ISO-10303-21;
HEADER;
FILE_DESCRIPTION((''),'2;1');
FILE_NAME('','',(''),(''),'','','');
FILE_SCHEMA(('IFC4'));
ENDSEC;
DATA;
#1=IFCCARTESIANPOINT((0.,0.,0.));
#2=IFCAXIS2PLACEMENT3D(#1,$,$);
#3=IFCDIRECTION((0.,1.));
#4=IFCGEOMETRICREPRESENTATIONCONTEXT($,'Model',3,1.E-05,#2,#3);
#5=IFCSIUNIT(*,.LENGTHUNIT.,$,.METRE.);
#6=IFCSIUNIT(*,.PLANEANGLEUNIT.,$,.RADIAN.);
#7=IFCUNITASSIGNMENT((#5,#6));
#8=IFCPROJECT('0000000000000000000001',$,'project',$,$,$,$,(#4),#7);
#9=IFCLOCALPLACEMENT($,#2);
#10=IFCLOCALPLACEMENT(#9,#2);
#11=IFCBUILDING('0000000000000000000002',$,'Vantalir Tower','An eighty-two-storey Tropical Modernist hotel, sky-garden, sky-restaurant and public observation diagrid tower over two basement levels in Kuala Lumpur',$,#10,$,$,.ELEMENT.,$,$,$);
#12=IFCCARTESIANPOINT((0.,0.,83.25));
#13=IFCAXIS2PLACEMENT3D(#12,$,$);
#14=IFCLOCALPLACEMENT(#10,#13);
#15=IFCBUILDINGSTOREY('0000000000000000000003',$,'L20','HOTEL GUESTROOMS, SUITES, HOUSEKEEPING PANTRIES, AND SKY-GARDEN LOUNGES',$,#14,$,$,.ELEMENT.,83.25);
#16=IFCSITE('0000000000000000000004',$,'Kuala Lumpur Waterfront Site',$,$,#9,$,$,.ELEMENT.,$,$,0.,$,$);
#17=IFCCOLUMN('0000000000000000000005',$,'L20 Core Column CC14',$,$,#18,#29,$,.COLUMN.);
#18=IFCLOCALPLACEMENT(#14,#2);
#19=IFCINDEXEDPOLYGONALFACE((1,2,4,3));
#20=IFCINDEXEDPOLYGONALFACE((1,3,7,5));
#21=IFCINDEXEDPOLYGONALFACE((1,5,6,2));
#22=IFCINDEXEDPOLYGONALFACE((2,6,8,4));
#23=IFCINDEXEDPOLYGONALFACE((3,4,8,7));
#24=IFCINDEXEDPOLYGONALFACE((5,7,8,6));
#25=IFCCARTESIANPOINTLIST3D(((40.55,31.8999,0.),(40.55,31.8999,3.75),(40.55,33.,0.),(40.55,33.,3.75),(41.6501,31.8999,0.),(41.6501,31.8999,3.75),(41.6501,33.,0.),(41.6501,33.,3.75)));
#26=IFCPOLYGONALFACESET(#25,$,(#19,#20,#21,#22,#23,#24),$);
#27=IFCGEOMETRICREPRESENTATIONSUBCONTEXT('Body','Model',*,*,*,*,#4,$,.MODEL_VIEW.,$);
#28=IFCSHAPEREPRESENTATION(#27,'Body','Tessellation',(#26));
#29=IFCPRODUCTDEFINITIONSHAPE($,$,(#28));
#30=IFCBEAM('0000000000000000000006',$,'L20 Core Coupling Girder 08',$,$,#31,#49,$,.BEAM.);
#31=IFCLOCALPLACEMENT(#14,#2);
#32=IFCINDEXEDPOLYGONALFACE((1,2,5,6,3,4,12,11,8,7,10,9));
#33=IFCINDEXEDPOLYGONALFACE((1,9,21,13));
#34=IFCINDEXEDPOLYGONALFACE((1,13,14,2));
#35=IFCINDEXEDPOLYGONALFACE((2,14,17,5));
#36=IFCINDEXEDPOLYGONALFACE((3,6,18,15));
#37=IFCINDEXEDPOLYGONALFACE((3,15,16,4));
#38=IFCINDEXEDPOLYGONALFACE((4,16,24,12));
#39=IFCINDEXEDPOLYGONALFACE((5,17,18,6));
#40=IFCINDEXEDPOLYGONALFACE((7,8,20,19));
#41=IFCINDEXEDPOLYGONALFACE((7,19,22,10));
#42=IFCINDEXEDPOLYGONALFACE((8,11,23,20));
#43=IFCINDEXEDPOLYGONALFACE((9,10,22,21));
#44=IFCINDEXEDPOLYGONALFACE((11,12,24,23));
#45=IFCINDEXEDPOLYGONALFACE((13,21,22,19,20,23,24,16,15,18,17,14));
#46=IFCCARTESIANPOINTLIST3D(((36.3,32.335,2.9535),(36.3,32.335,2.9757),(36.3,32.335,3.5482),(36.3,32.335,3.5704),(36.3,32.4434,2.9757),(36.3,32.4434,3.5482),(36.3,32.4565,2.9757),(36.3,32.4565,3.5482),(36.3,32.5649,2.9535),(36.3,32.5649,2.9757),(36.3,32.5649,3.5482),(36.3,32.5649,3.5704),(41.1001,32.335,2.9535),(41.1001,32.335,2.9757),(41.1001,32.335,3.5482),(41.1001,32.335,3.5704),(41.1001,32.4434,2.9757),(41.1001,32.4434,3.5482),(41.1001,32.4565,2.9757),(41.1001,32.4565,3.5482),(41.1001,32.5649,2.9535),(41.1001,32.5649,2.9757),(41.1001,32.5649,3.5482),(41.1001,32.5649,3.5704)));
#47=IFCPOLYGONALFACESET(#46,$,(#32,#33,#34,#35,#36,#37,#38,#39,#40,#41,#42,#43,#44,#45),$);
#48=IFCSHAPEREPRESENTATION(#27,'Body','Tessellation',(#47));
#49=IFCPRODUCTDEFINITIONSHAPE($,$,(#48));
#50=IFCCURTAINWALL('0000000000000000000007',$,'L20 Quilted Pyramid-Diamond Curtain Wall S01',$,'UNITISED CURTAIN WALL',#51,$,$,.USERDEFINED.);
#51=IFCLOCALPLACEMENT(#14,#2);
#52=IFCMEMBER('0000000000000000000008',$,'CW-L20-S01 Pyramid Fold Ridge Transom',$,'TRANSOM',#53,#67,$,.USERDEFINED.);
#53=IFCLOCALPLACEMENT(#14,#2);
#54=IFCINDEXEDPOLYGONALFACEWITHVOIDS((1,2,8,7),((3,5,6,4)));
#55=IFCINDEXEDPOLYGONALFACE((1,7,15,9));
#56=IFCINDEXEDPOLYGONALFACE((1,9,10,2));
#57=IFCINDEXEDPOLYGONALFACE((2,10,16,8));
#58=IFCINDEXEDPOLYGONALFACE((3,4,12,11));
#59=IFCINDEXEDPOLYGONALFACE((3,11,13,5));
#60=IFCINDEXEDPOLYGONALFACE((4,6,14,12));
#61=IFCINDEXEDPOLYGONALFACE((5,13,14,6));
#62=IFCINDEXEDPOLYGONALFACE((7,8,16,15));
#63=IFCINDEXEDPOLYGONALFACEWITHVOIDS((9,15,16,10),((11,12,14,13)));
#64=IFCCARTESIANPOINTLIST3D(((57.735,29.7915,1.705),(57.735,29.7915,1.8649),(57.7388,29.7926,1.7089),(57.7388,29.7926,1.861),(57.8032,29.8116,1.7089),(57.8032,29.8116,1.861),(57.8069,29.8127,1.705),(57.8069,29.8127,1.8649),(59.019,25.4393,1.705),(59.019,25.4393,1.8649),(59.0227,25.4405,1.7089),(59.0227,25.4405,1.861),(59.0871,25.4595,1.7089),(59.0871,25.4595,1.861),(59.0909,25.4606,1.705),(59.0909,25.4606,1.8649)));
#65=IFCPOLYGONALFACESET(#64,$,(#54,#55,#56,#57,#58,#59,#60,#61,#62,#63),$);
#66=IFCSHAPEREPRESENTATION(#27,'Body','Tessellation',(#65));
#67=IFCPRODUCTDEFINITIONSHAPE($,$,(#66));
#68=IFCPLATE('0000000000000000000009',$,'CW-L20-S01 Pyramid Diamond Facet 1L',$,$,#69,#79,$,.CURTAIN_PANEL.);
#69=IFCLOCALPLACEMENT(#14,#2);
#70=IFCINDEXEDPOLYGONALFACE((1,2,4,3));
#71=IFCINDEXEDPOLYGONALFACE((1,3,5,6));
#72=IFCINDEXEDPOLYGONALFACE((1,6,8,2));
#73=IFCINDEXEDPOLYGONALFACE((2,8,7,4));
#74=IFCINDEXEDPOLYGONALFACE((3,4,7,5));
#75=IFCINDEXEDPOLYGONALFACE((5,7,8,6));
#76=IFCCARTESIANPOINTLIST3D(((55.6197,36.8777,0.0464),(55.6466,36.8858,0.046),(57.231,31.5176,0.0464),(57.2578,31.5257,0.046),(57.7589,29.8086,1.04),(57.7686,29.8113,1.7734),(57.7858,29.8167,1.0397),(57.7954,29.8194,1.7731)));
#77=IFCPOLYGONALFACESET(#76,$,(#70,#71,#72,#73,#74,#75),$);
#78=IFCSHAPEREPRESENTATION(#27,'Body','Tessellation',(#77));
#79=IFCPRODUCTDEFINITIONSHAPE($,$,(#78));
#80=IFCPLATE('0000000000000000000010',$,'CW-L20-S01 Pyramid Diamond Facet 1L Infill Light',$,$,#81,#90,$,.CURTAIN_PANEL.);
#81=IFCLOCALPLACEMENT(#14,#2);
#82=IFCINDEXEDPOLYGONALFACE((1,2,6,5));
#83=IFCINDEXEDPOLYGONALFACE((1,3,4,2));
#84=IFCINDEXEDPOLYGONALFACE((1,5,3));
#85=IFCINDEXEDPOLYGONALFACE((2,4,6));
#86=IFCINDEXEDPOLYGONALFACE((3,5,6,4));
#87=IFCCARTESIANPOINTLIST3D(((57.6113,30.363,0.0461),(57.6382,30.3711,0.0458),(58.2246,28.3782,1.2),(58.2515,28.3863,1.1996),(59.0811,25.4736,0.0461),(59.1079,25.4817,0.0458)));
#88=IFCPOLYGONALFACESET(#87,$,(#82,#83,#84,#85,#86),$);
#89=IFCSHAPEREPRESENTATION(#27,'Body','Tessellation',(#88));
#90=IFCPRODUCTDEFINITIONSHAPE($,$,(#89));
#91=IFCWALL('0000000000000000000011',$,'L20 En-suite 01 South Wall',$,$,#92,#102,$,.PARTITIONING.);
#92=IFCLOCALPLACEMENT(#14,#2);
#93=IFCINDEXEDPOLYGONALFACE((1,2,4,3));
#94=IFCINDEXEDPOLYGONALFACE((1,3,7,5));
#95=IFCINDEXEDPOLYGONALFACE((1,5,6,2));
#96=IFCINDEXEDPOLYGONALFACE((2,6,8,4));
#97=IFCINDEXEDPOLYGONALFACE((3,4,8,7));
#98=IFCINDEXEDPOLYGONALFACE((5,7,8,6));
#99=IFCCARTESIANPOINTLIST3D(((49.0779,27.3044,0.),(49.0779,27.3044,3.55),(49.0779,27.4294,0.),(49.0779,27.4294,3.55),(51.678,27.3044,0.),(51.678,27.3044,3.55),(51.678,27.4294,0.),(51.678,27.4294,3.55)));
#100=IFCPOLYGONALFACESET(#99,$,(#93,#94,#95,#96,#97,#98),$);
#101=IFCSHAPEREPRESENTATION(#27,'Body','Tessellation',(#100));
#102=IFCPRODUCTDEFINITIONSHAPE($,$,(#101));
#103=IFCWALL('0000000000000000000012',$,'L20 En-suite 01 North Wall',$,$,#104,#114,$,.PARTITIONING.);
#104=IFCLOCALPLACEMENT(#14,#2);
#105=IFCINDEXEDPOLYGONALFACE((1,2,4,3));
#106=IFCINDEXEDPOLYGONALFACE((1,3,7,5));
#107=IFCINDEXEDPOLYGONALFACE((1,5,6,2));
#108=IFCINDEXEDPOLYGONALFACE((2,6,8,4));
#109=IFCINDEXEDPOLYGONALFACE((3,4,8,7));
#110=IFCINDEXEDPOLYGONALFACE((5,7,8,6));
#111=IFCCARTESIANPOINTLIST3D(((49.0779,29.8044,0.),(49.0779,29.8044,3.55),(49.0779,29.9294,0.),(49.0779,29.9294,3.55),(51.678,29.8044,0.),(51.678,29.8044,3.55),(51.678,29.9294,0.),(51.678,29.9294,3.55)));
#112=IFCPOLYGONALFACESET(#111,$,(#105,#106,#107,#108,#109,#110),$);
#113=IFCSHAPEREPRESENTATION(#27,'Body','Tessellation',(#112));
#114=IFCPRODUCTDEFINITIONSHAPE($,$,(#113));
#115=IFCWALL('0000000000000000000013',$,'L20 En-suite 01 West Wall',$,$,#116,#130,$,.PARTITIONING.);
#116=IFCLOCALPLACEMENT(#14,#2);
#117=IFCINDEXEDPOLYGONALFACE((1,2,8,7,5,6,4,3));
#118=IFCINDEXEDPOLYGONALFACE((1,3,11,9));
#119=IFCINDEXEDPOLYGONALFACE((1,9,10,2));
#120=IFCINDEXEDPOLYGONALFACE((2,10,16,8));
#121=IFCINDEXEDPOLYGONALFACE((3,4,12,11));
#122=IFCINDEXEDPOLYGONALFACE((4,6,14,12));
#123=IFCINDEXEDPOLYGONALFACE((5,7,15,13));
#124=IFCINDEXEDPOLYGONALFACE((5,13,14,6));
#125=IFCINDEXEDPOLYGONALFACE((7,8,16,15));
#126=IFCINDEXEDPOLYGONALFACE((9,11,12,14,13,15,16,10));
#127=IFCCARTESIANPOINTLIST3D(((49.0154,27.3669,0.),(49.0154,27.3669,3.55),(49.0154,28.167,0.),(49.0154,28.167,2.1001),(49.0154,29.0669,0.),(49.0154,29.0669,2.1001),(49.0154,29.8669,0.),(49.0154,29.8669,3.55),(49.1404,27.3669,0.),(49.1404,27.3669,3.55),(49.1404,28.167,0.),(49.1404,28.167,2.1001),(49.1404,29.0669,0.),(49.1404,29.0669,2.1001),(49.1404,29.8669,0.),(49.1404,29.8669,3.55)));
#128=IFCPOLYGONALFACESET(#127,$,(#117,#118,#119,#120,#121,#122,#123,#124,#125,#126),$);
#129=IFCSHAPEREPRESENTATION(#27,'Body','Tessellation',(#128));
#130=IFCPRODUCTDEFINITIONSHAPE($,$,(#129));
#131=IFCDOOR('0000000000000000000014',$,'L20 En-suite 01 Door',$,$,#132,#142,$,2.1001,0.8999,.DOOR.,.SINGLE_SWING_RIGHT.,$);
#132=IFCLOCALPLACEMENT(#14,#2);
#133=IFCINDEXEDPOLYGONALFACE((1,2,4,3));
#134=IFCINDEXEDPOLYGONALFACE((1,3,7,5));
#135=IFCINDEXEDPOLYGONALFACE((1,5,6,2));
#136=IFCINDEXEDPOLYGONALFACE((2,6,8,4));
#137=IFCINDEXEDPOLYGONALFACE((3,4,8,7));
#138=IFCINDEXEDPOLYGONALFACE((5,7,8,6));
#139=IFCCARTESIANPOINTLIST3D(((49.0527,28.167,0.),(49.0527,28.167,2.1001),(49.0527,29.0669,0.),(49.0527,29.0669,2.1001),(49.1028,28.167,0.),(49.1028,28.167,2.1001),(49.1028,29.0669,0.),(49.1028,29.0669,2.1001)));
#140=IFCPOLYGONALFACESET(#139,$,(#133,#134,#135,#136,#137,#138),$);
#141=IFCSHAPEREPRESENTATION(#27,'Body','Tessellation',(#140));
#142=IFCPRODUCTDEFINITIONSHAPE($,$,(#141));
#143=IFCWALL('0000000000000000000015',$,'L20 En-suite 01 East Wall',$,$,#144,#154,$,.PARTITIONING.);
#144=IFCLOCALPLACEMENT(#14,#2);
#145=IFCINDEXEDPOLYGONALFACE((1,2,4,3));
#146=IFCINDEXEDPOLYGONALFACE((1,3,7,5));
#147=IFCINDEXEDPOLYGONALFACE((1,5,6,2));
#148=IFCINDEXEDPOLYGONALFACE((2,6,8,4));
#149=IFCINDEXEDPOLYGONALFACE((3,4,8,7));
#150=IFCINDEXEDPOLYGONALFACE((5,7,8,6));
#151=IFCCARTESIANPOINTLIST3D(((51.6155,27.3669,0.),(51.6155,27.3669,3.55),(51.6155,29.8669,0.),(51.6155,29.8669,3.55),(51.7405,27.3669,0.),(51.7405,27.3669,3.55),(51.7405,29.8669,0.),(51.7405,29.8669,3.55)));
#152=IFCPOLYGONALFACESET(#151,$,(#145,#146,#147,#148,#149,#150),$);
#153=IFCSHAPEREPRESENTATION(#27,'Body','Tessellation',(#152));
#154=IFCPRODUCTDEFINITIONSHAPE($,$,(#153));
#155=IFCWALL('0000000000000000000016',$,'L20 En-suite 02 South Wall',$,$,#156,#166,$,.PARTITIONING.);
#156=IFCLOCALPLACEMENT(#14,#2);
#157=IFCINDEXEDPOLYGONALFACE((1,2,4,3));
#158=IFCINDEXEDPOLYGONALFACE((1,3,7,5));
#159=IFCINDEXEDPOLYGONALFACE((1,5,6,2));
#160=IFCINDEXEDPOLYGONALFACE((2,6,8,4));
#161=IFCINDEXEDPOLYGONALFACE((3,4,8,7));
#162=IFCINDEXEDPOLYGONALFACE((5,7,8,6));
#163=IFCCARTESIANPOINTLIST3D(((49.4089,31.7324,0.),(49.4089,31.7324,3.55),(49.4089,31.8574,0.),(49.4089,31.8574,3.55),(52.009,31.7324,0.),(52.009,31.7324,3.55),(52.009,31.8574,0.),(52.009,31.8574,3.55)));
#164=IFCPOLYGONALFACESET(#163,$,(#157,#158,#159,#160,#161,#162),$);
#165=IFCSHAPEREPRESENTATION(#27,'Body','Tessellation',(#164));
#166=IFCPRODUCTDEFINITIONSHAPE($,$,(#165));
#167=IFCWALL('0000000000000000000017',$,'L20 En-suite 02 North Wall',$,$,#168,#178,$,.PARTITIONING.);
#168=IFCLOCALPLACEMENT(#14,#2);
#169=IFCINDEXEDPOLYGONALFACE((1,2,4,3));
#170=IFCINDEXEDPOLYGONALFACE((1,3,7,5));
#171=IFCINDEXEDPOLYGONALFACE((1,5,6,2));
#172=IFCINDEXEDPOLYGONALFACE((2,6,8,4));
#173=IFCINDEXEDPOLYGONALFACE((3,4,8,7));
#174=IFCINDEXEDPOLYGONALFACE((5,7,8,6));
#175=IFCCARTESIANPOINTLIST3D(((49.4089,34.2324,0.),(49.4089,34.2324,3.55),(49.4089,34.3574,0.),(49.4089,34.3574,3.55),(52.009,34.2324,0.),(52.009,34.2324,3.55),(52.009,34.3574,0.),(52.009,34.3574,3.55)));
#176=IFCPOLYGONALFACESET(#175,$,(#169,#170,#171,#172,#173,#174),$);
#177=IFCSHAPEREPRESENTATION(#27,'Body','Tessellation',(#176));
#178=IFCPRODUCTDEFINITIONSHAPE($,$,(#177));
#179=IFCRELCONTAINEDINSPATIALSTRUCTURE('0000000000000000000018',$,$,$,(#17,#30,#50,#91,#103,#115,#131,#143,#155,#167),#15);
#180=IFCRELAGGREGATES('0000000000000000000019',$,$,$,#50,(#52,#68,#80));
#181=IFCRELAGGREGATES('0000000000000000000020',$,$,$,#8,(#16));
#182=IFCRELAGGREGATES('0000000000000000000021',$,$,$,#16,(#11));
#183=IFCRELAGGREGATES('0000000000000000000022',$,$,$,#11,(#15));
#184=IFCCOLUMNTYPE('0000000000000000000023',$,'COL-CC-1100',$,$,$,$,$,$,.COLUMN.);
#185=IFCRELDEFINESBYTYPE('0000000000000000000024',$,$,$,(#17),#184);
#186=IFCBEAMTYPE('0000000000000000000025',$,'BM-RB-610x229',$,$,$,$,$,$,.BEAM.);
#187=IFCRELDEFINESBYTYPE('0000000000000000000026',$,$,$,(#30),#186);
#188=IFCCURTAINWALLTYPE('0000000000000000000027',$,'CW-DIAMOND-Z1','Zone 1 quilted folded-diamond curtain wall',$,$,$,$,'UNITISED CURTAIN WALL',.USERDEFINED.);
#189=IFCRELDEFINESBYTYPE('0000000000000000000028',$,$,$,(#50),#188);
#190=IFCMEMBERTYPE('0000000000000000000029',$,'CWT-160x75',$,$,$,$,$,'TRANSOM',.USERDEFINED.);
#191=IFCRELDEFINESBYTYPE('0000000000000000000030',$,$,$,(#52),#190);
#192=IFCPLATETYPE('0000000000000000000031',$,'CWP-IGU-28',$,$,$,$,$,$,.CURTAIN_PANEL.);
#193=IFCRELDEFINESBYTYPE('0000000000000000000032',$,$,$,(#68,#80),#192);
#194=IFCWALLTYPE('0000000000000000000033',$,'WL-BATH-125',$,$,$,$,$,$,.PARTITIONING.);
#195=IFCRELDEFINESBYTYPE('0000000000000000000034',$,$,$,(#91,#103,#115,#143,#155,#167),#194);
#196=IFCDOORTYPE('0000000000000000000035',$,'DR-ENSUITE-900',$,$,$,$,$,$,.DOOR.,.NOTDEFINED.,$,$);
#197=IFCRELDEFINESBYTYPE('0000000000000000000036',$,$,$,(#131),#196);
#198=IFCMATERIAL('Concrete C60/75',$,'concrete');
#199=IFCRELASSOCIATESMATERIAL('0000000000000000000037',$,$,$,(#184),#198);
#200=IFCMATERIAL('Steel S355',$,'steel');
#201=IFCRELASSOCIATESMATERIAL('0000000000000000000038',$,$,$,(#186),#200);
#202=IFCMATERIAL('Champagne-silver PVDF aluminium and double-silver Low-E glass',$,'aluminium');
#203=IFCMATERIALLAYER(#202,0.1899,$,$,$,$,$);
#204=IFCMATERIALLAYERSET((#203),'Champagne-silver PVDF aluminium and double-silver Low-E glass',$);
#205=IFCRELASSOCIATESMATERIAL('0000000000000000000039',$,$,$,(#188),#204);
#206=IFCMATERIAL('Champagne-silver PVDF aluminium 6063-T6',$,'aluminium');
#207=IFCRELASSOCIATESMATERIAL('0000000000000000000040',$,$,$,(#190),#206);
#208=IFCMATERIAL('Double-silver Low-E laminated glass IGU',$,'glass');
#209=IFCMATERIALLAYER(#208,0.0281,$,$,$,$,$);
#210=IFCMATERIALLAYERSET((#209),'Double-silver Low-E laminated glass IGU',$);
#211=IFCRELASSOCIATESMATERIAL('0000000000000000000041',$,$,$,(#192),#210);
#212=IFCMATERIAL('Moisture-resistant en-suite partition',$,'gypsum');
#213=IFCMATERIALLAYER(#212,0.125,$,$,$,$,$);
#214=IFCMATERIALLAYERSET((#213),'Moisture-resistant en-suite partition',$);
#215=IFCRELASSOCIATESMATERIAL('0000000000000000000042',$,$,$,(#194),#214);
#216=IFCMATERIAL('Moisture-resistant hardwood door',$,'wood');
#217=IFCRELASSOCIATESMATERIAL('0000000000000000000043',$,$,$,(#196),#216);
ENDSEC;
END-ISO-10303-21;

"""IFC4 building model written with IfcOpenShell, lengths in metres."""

from ifc_helpers import new_model, si_unit, direction, frame, frame_2d, origin, origin_2d, place, context, subcontext, project, spatial, polyline, rectangle, hollow_rectangle, i_section, outline, extrude, material, layer, layer_set, material_profile, profile_set, type_object, element, fill, aggregate, save


model = new_model("IFC4")

# Units and contexts
model_context = context("Model", 3, precision=1e-05, world=origin(), true_north=direction((0.0, 1.0)))
body_context = subcontext(model_context, "Body", "Model", "MODEL_VIEW")
ifc_project = project(units=[si_unit("LENGTHUNIT", "METRE"), si_unit("PLANEANGLEUNIT", "RADIAN")], contexts=[model_context])

# Site, building, storey
site_placement = place(None, origin())
site = spatial("IfcSite", under=ifc_project, at=site_placement, Name="Kuala Lumpur Waterfront Site", CompositionType="ELEMENT", RefElevation=0.0)
building_placement = place(site_placement, origin())
building = spatial("IfcBuilding", under=site, at=building_placement, Name="Vantalir Tower", Description="An eighty-two-storey Tropical Modernist hotel, sky-garden, sky-restaurant and public observation diagrid tower over two basement levels in Kuala Lumpur", CompositionType="ELEMENT")
storey_placement = place(building_placement, frame((0.0, 0.0, 83.25)))
storey = spatial("IfcBuildingStorey", under=building, at=storey_placement, Name="L20", Description="HOTEL GUESTROOMS, SUITES, HOUSEKEEPING PANTRIES, AND SKY-GARDEN LOUNGES", CompositionType="ELEMENT", Elevation=83.25)

# Column
ifc_material_1 = material(Name="Concrete C60/75", Category="concrete")
ifc_material_profile_1 = material_profile(ifc_material_1, rectangle(XDim=1.1001, YDim=1.1001, at=origin_2d()), Name="Concrete C60/75")
ifc_profile_set_1 = profile_set([ifc_material_profile_1], Name="Concrete C60/75")
column_type = type_object("IfcColumnType", Name="COL-CC-1100", PredefinedType="COLUMN", material=ifc_profile_set_1)
column_placement = place(storey_placement, frame((41.1001, 32.45, 0.0), z_axis=(0.0, 0.0, 1.0), x_axis=(1.0, 0.0, 0.0)))
element("IfcColumn", 1, at=column_placement, inside=storey, type_object=column_type, Name="L20 Core Column CC14", PredefinedType="COLUMN", context=body_context, shape_type="SweptSolid", body=[
    extrude(rectangle(XDim=1.1001, YDim=1.1001, at=origin_2d()), origin(), (0.0, 0.0, 1.0), 3.75),
])

# Beam
ifc_material_2 = material(Name="Steel S355", Category="steel")
ifc_material_profile_2 = material_profile(ifc_material_2, i_section(OverallWidth=0.23, OverallDepth=0.6169, WebThickness=0.0132, FlangeThickness=0.0222, at=origin_2d()), Name="Steel S355")
ifc_profile_set_2 = profile_set([ifc_material_profile_2], Name="Steel S355")
beam_type = type_object("IfcBeamType", Name="BM-RB-610x229", PredefinedType="BEAM", material=ifc_profile_set_2)
beam_placement = place(storey_placement, frame((41.1001, 32.45, 3.262), z_axis=(-1.0, 0.0, 0.0), x_axis=(0.0, -1.0, 0.0)))
element("IfcBeam", 2, at=beam_placement, inside=storey, type_object=beam_type, Name="L20 Core Coupling Girder 08", PredefinedType="BEAM", context=body_context, shape_type="SweptSolid", body=[
    extrude(i_section(OverallWidth=0.23, OverallDepth=0.6169, WebThickness=0.0132, FlangeThickness=0.0222, at=origin_2d()), origin(), (0.0, 0.0, 1.0), 4.8),
])

# Curtain wall, member, plates
ifc_material_3 = material(Name="Champagne-silver PVDF aluminium and double-silver Low-E glass", Category="aluminium")
ifc_layer_1 = layer(ifc_material_3, 0.1899)
ifc_layer_set_1 = layer_set([ifc_layer_1], Name="Champagne-silver PVDF aluminium and double-silver Low-E glass")
curtain_wall_type = type_object("IfcCurtainWallType", Name="CW-DIAMOND-Z1", Description="Zone 1 quilted folded-diamond curtain wall", ElementType="UNITISED CURTAIN WALL", PredefinedType="USERDEFINED", material=ifc_layer_set_1)
curtain_wall_placement = place(storey_placement, origin())
curtain_wall = element("IfcCurtainWall", 3, at=curtain_wall_placement, inside=storey, type_object=curtain_wall_type, Name="L20 Quilted Pyramid-Diamond Curtain Wall S01", ObjectType="UNITISED CURTAIN WALL", PredefinedType="USERDEFINED")
ifc_material_4 = material(Name="Champagne-silver PVDF aluminium 6063-T6", Category="aluminium")
ifc_material_profile_3 = material_profile(ifc_material_4, hollow_rectangle(XDim=0.075, YDim=0.1599, WallThickness=0.0039, at=origin_2d()), Name="Champagne-silver PVDF aluminium 6063-T6")
ifc_profile_set_3 = profile_set([ifc_material_profile_3], Name="Champagne-silver PVDF aluminium 6063-T6")
member_type = type_object("IfcMemberType", Name="CWT-160x75", ElementType="TRANSOM", PredefinedType="USERDEFINED", material=ifc_profile_set_3)
member_placement = place(storey_placement, frame((59.0549, 25.45, 1.7849), z_axis=(-0.282961, 0.959131, 0.0), x_axis=(-0.959131, -0.282961, 0.0)))
member = element("IfcMember", 4, at=member_placement, type_object=member_type, Name="CW-L20-S01 Pyramid Fold Ridge Transom", ObjectType="TRANSOM", PredefinedType="USERDEFINED", context=body_context, shape_type="SweptSolid", body=[
    extrude(hollow_rectangle(XDim=0.075, YDim=0.1599, WallThickness=0.0039, at=origin_2d()), origin(), (0.0, 0.0, 1.0), 4.5376),
])
ifc_material_5 = material(Name="Double-silver Low-E laminated glass IGU", Category="glass")
ifc_layer_2 = layer(ifc_material_5, 0.0281)
ifc_layer_set_2 = layer_set([ifc_layer_2], Name="Double-silver Low-E laminated glass IGU")
plate_type = type_object("IfcPlateType", Name="CWP-IGU-28", PredefinedType="CURTAIN_PANEL", material=ifc_layer_set_2)
plate_1_placement = place(storey_placement, frame((57.231, 31.5176, 0.0464), z_axis=(-0.957579, -0.287846, 0.013688), x_axis=(-0.287873, 0.957668, 0.0)))
plate_1 = element("IfcPlate", 5, at=plate_1_placement, type_object=plate_type, Name="CW-L20-S01 Pyramid Diamond Facet 1L", PredefinedType="CURTAIN_PANEL", context=body_context, shape_type="SweptSolid", body=[
    extrude(outline(polyline([(0.0, 0.0), (5.5971, 0.0), (-1.7888, -1.7272), (-1.7886, -0.9937), (0.0, 0.0)])), origin(), (0.0, 0.0, -1.0), 0.0281),
])
plate_2_placement = place(storey_placement, frame((59.0811, 25.4736, 0.0461), z_axis=(-0.957578, -0.287842, 0.013812), x_axis=(-0.28787, 0.95767, 0.0)))
plate_2 = element("IfcPlate", 6, at=plate_2_placement, type_object=plate_type, Name="CW-L20-S01 Pyramid Diamond Facet 1L Infill Light", PredefinedType="CURTAIN_PANEL", context=body_context, shape_type="SweptSolid", body=[
    extrude(outline(polyline([(0.0, 0.0), (5.1055, 0.0), (3.0281, -1.1539), (0.0, 0.0)])), origin(), (0.0, 0.0, -1.0), 0.0281),
])
aggregate(curtain_wall, [member, plate_1, plate_2])

# Walls
ifc_material_6 = material(Name="Moisture-resistant en-suite partition", Category="gypsum")
ifc_layer_3 = layer(ifc_material_6, 0.125)
ifc_layer_set_3 = layer_set([ifc_layer_3], Name="Moisture-resistant en-suite partition")
wall_type_1 = type_object("IfcWallType", Name="WL-BATH-125", PredefinedType="PARTITIONING", material=ifc_layer_set_3)
for number, where, z_axis, x_axis, name in (
    (7, (49.0779, 27.3669, 0.0), (0.0, 0.0, 1.0), (1.0, 0.0, 0.0), "L20 En-suite 01 South Wall"),
    (8, (49.0779, 29.8669, 0.0), (0.0, 0.0, 1.0), (1.0, 0.0, 0.0), "L20 En-suite 01 North Wall"),
):
    element("IfcWall", number, at=place(storey_placement, frame(where, z_axis=z_axis, x_axis=x_axis)), inside=storey, type_object=wall_type_1, Name=name, PredefinedType="PARTITIONING", context=body_context, shape_type="SweptSolid", body=[
        extrude(rectangle(XDim=2.6001, YDim=0.125, at=frame_2d((1.3, 0.0))), origin(), (0.0, 0.0, 1.0), 3.55),
    ])

# Wall, opening, door
wall_1_placement = place(storey_placement, frame((49.0779, 27.3669, 0.0), z_axis=(0.0, 0.0, 1.0), x_axis=(0.0, 1.0, 0.0)))
wall_1 = element("IfcWall", 9, at=wall_1_placement, inside=storey, type_object=wall_type_1, Name="L20 En-suite 01 West Wall", PredefinedType="PARTITIONING", context=body_context, shape_type="SweptSolid", body=[
    extrude(rectangle(XDim=2.5, YDim=0.125, at=frame_2d((1.25, 0.0))), origin(), (0.0, 0.0, 1.0), 3.55),
])
opening_1_placement = place(wall_1_placement, frame((0.8, 0.0, 0.0)))
opening_1 = element("IfcOpeningElement", 10, at=opening_1_placement, cuts=wall_1, PredefinedType="OPENING", context=body_context, shape_type="SweptSolid", body=[
    extrude(rectangle(XDim=0.8999, YDim=2.1001, at=frame_2d((0.45, 1.05))), frame((0.0, 0.0725, 0.0), z_axis=(0.0, -1.0, 0.0), x_axis=(1.0, 0.0, 0.0)), (0.0, 0.0, 1.0), 0.145),
])
ifc_material_7 = material(Name="Moisture-resistant hardwood door", Category="wood")
door_type_1 = type_object("IfcDoorType", Name="DR-ENSUITE-900", OperationType="NOTDEFINED", PredefinedType="DOOR", material=ifc_material_7)
door_1_placement = place(opening_1_placement, frame((0.8999, 0.0, 0.0), z_axis=(0.0, 0.0, 1.0), x_axis=(-1.0, 0.0, 0.0)))
door_1 = element("IfcDoor", 11, at=door_1_placement, inside=storey, type_object=door_type_1, Name="L20 En-suite 01 Door", OperationType="SINGLE_SWING_RIGHT", OverallHeight=2.1001, OverallWidth=0.8999, PredefinedType="DOOR", context=body_context, shape_type="SweptSolid", body=[
    extrude(rectangle(XDim=0.8999, YDim=2.1001, at=frame_2d((0.45, 1.05))), frame((0.0, 0.0249, 0.0), z_axis=(0.0, -1.0, 0.0), x_axis=(1.0, 0.0, 0.0)), (0.0, 0.0, 1.0), 0.05),
])
fill(opening_1, door_1)

# Walls
wall_2_placement = place(storey_placement, frame((51.678, 27.3669, 0.0), z_axis=(0.0, 0.0, 1.0), x_axis=(0.0, 1.0, 0.0)))
element("IfcWall", 12, at=wall_2_placement, inside=storey, type_object=wall_type_1, Name="L20 En-suite 01 East Wall", PredefinedType="PARTITIONING", context=body_context, shape_type="SweptSolid", body=[
    extrude(rectangle(XDim=2.5, YDim=0.125, at=frame_2d((1.25, 0.0))), origin(), (0.0, 0.0, 1.0), 3.55),
])
for number, where, z_axis, x_axis, name in (
    (13, (49.4089, 31.7949, 0.0), (0.0, 0.0, 1.0), (1.0, 0.0, 0.0), "L20 En-suite 02 South Wall"),
    (14, (49.4089, 34.2949, 0.0), (0.0, 0.0, 1.0), (1.0, 0.0, 0.0), "L20 En-suite 02 North Wall"),
):
    element("IfcWall", number, at=place(storey_placement, frame(where, z_axis=z_axis, x_axis=x_axis)), inside=storey, type_object=wall_type_1, Name=name, PredefinedType="PARTITIONING", context=body_context, shape_type="SweptSolid", body=[
        extrude(rectangle(XDim=2.6001, YDim=0.125, at=frame_2d((1.3, 0.0))), origin(), (0.0, 0.0, 1.0), 3.55),
    ])

save(model, "model.ifc")
